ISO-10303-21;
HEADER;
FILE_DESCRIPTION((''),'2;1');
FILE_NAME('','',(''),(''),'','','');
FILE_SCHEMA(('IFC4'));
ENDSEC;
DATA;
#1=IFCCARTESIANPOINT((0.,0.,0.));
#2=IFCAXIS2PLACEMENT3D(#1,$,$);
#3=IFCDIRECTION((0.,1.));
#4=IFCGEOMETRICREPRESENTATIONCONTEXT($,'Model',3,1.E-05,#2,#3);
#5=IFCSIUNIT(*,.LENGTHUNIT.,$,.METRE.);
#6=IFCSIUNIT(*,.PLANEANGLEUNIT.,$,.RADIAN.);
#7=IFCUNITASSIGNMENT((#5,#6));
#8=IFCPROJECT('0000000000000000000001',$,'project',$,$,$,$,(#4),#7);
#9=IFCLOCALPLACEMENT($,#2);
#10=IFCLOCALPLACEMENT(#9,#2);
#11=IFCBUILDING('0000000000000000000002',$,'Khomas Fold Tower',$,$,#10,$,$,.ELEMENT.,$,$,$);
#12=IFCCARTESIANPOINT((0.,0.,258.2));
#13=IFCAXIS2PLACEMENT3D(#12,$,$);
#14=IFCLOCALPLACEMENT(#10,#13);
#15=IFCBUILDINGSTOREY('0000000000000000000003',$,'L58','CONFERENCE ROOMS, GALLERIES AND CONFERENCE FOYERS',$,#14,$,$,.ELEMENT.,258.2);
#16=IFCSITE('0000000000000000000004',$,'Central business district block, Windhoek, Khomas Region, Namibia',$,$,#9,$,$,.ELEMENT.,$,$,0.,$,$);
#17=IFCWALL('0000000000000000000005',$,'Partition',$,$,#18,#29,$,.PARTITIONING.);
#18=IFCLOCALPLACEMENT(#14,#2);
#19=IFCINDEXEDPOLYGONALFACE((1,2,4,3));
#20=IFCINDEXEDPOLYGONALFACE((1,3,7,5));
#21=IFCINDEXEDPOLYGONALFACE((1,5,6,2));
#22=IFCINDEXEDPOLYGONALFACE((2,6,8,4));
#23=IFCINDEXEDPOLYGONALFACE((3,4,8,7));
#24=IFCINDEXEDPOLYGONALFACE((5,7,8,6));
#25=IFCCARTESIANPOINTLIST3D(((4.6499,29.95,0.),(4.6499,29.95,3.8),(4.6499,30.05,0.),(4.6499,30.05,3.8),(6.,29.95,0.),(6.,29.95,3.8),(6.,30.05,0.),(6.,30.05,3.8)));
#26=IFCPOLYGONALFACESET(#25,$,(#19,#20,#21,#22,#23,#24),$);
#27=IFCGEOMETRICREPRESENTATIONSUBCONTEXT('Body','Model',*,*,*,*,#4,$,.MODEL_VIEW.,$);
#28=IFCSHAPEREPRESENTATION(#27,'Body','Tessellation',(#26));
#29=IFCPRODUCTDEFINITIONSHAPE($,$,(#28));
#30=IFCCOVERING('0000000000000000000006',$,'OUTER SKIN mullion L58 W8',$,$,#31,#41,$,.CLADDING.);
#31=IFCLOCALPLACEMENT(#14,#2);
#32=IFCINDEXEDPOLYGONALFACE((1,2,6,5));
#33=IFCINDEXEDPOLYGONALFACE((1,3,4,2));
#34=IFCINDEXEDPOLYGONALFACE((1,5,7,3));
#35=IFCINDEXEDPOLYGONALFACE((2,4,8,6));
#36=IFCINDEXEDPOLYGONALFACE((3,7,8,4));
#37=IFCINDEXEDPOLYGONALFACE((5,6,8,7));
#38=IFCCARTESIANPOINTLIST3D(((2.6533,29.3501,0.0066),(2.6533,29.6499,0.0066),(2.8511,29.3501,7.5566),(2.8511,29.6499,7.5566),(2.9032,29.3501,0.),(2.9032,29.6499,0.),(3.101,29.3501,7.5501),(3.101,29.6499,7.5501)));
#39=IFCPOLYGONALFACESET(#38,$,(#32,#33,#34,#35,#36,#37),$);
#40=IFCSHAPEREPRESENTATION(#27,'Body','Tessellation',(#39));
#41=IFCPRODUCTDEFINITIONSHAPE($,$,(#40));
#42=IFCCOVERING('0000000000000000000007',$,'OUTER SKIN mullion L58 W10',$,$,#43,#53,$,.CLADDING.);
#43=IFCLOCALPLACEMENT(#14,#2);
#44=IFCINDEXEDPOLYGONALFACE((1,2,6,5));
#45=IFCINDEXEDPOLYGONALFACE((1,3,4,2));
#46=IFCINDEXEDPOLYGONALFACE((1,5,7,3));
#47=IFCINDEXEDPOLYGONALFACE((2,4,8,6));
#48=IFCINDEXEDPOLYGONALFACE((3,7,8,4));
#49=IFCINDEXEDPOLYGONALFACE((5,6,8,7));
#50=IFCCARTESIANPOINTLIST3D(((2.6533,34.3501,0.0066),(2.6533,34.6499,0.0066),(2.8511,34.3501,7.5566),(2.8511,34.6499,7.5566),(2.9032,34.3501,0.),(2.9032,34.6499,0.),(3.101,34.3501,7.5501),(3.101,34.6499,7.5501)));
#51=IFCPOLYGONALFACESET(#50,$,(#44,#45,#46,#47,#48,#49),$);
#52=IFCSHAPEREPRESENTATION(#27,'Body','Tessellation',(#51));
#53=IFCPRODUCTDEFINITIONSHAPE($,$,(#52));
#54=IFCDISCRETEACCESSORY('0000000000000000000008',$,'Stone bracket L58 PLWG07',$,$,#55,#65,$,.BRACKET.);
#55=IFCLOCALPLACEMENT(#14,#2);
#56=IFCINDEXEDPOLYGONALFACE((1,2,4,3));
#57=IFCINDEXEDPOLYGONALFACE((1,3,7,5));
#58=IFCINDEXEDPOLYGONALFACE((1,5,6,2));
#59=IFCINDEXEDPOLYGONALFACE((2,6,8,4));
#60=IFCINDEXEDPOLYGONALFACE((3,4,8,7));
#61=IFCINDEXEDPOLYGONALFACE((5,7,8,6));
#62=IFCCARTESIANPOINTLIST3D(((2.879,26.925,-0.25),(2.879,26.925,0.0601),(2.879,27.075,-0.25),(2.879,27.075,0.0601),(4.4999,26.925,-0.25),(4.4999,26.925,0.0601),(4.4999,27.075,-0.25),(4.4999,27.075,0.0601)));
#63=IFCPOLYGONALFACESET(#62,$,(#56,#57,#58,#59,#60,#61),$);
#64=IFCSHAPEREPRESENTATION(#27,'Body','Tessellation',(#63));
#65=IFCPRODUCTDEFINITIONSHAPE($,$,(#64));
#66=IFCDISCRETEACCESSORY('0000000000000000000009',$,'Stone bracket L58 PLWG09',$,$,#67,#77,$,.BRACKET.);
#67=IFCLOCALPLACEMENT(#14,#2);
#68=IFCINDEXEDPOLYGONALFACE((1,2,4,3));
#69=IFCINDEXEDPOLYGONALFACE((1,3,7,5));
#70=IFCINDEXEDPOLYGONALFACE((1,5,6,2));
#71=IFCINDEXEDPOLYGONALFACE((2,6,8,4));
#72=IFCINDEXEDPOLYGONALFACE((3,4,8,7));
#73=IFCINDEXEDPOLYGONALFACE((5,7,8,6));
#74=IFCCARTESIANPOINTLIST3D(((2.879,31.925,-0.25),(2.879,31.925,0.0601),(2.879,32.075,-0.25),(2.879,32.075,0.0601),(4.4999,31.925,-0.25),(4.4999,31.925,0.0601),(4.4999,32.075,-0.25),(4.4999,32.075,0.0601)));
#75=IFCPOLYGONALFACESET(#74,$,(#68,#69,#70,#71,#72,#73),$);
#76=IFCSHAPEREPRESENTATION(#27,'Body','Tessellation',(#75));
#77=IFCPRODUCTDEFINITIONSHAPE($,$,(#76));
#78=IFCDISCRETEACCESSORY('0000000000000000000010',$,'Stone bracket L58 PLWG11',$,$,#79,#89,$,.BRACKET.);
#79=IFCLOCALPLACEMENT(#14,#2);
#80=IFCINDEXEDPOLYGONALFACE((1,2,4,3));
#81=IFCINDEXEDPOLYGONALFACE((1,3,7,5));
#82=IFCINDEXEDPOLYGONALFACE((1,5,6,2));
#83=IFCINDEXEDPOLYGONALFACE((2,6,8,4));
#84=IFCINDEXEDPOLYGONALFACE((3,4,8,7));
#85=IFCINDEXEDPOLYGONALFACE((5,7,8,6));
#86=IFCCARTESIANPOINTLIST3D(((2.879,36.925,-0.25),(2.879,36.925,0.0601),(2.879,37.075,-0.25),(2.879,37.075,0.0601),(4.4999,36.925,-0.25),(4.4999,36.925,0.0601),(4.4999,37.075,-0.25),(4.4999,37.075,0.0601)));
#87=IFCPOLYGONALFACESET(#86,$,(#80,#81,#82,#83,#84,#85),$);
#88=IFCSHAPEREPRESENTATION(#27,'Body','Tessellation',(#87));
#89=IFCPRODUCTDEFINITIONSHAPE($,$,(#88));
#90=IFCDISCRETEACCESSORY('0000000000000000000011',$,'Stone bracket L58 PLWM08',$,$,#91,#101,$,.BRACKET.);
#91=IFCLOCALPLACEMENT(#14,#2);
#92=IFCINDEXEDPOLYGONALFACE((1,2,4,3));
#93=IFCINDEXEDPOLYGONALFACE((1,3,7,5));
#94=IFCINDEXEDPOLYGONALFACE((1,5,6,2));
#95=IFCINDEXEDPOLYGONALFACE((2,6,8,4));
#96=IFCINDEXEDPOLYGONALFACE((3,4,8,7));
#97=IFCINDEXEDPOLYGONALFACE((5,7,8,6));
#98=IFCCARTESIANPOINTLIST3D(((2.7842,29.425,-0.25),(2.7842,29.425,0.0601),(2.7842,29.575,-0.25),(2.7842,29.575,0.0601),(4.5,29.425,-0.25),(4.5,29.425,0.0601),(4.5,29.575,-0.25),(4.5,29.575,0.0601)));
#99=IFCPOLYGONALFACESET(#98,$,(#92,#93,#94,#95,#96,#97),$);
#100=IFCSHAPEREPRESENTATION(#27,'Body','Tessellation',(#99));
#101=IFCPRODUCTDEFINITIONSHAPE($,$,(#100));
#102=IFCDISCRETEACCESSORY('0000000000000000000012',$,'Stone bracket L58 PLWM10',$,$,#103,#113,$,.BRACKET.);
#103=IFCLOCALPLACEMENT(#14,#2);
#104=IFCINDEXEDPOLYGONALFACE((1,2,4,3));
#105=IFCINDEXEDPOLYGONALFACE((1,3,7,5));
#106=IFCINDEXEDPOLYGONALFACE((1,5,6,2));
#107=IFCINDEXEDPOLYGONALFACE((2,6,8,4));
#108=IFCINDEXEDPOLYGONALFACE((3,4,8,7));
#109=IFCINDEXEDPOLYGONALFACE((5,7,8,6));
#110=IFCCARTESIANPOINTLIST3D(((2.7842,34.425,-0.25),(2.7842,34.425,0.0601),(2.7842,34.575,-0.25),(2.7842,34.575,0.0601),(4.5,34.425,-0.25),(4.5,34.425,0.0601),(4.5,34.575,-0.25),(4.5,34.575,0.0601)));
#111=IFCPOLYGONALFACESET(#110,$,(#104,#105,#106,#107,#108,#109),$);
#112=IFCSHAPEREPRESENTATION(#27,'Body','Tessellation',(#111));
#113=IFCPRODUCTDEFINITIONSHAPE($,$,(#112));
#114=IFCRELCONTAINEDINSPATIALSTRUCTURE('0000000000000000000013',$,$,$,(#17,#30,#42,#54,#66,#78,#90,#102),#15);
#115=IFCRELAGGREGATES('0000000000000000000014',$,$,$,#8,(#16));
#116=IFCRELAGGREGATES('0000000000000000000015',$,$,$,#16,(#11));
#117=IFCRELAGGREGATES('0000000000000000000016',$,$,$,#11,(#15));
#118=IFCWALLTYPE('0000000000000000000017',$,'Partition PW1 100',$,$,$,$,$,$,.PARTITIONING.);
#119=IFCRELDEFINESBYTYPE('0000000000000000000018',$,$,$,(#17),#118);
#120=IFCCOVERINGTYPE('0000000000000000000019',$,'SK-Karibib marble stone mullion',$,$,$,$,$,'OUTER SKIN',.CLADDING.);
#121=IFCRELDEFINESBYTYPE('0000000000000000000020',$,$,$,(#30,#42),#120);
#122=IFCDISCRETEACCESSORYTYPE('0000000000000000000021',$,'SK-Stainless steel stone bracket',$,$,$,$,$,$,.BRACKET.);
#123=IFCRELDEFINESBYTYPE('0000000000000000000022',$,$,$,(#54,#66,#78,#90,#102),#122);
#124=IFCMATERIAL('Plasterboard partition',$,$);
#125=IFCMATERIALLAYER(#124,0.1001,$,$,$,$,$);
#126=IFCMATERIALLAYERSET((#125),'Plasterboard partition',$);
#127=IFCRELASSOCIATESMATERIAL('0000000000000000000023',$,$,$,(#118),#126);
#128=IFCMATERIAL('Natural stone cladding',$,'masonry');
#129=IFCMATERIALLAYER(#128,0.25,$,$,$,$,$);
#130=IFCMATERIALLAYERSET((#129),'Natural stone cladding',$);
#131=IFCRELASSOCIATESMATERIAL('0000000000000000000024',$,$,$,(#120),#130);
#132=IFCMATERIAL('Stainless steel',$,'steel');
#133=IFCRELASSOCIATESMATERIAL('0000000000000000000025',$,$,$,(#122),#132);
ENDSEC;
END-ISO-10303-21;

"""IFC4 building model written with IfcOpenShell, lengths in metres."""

from ifc_helpers import new_model, si_unit, direction, frame, frame_2d, origin, origin_2d, place, context, subcontext, project, spatial, polyline, rectangle, outline, extrude, source, transform, mapped, material, layer, layer_set, type_object, element, save


model = new_model("IFC4")

# Units and contexts
model_context = context("Model", 3, precision=1e-05, world=origin(), true_north=direction((0.0, 1.0)))
body_context = subcontext(model_context, "Body", "Model", "MODEL_VIEW")
ifc_project = project(units=[si_unit("LENGTHUNIT", "METRE"), si_unit("PLANEANGLEUNIT", "RADIAN")], contexts=[model_context])

# Site, building, storey
site_placement = place(None, origin())
site = spatial("IfcSite", under=ifc_project, at=site_placement, Name="Central business district block, Windhoek, Khomas Region, Namibia", CompositionType="ELEMENT", RefElevation=0.0)
building_placement = place(site_placement, origin())
building = spatial("IfcBuilding", under=site, at=building_placement, Name="Khomas Fold Tower", CompositionType="ELEMENT")
storey_placement = place(building_placement, frame((0.0, 0.0, 258.2)))
storey = spatial("IfcBuildingStorey", under=building, at=storey_placement, Name="L58", Description="CONFERENCE ROOMS, GALLERIES AND CONFERENCE FOYERS", CompositionType="ELEMENT", Elevation=258.2)

# Wall
ifc_material_1 = material(Name="Plasterboard partition")
ifc_layer_1 = layer(ifc_material_1, 0.1001)
ifc_layer_set_1 = layer_set([ifc_layer_1], Name="Plasterboard partition")
wall_type_1 = type_object("IfcWallType", Name="Partition PW1 100", PredefinedType="PARTITIONING", material=ifc_layer_set_1)
shared_shape_1 = source(origin(), body_context, "Body", "SweptSolid", [
    extrude(rectangle(XDim=1.3501, YDim=0.1001, at=frame_2d((0.675, 0.0))), origin(), (0.0, 0.0, 1.0), 3.8),
])
wall_1_placement = place(storey_placement, frame((4.6499, 30.0, 0.0), z_axis=(0.0, 0.0, 1.0), x_axis=(1.0, 0.0, 0.0)))
element("IfcWall", 1, at=wall_1_placement, inside=storey, type_object=wall_type_1, Name="Partition", PredefinedType="PARTITIONING", context=body_context, shape_type="MappedRepresentation", body=[
    mapped(shared_shape_1, transform((0.0, 0.0, 0.0))),
])

# Coverings
ifc_material_2 = material(Name="Natural stone cladding", Category="masonry")
ifc_layer_2 = layer(ifc_material_2, 0.25)
ifc_layer_set_2 = layer_set([ifc_layer_2], Name="Natural stone cladding")
covering_type = type_object("IfcCoveringType", Name="SK-Karibib marble stone mullion", ElementType="OUTER SKIN", PredefinedType="CLADDING", material=ifc_layer_set_2)
for number, where, z_axis, x_axis, name in (
    (2, (2.6533, 29.3501, 0.0066), (-0.999657, 0.0, 0.026183), (0.0, 1.0, 0.0), "OUTER SKIN mullion L58 W8"),
    (3, (2.6533, 34.3501, 0.0066), (-0.999657, 0.0, 0.026183), (0.0, 1.0, 0.0), "OUTER SKIN mullion L58 W10"),
):
    element("IfcCovering", number, at=place(storey_placement, frame(where, z_axis=z_axis, x_axis=x_axis)), inside=storey, type_object=covering_type, Name=name, PredefinedType="CLADDING", context=body_context, shape_type="SweptSolid", body=[
        extrude(outline(polyline([(0.0, 0.0), (0.2998, 0.0), (0.2998, -7.5526), (0.0, -7.5526), (0.0, 0.0)])), origin(), (0.0, 0.0, -1.0), 0.25),
    ])

# Discrete accessories
ifc_material_3 = material(Name="Stainless steel", Category="steel")
discrete_accessory_type = type_object("IfcDiscreteAccessoryType", Name="SK-Stainless steel stone bracket", PredefinedType="BRACKET", material=ifc_material_3)
shared_shape_2 = source(origin(), body_context, "Body", "SweptSolid", [
    extrude(rectangle(XDim=1.6208, YDim=0.1499, at=origin_2d()), origin(), (0.0, 0.0, 1.0), 0.3101),
])
for number, where, z_axis, x_axis, name in (
    (4, (3.6895, 27.0, -0.25), (0.0, 0.0, 1.0), (-1.0, 0.0, 0.0), "Stone bracket L58 PLWG07"),
    (5, (3.6895, 32.0, -0.25), (0.0, 0.0, 1.0), (-1.0, 0.0, 0.0), "Stone bracket L58 PLWG09"),
    (6, (3.6895, 37.0, -0.25), (0.0, 0.0, 1.0), (-1.0, 0.0, 0.0), "Stone bracket L58 PLWG11"),
):
    element("IfcDiscreteAccessory", number, at=place(storey_placement, frame(where, z_axis=z_axis, x_axis=x_axis)), inside=storey, type_object=discrete_accessory_type, Name=name, PredefinedType="BRACKET", context=body_context, shape_type="MappedRepresentation", body=[
        mapped(shared_shape_2, transform((0.0, 0.0, 0.0))),
    ])
shared_shape_3 = source(origin(), body_context, "Body", "SweptSolid", [
    extrude(rectangle(XDim=1.7158, YDim=0.1499, at=origin_2d()), origin(), (0.0, 0.0, 1.0), 0.3101),
])
for number, where, z_axis, x_axis, name in (
    (7, (3.6421, 29.5, -0.25), (0.0, 0.0, 1.0), (-1.0, 0.0, 0.0), "Stone bracket L58 PLWM08"),
    (8, (3.6421, 34.5, -0.25), (0.0, 0.0, 1.0), (-1.0, 0.0, 0.0), "Stone bracket L58 PLWM10"),
):
    element("IfcDiscreteAccessory", number, at=place(storey_placement, frame(where, z_axis=z_axis, x_axis=x_axis)), inside=storey, type_object=discrete_accessory_type, Name=name, PredefinedType="BRACKET", context=body_context, shape_type="MappedRepresentation", body=[
        mapped(shared_shape_3, transform((0.0, 0.0, 0.0))),
    ])

save(model, "model.ifc")
